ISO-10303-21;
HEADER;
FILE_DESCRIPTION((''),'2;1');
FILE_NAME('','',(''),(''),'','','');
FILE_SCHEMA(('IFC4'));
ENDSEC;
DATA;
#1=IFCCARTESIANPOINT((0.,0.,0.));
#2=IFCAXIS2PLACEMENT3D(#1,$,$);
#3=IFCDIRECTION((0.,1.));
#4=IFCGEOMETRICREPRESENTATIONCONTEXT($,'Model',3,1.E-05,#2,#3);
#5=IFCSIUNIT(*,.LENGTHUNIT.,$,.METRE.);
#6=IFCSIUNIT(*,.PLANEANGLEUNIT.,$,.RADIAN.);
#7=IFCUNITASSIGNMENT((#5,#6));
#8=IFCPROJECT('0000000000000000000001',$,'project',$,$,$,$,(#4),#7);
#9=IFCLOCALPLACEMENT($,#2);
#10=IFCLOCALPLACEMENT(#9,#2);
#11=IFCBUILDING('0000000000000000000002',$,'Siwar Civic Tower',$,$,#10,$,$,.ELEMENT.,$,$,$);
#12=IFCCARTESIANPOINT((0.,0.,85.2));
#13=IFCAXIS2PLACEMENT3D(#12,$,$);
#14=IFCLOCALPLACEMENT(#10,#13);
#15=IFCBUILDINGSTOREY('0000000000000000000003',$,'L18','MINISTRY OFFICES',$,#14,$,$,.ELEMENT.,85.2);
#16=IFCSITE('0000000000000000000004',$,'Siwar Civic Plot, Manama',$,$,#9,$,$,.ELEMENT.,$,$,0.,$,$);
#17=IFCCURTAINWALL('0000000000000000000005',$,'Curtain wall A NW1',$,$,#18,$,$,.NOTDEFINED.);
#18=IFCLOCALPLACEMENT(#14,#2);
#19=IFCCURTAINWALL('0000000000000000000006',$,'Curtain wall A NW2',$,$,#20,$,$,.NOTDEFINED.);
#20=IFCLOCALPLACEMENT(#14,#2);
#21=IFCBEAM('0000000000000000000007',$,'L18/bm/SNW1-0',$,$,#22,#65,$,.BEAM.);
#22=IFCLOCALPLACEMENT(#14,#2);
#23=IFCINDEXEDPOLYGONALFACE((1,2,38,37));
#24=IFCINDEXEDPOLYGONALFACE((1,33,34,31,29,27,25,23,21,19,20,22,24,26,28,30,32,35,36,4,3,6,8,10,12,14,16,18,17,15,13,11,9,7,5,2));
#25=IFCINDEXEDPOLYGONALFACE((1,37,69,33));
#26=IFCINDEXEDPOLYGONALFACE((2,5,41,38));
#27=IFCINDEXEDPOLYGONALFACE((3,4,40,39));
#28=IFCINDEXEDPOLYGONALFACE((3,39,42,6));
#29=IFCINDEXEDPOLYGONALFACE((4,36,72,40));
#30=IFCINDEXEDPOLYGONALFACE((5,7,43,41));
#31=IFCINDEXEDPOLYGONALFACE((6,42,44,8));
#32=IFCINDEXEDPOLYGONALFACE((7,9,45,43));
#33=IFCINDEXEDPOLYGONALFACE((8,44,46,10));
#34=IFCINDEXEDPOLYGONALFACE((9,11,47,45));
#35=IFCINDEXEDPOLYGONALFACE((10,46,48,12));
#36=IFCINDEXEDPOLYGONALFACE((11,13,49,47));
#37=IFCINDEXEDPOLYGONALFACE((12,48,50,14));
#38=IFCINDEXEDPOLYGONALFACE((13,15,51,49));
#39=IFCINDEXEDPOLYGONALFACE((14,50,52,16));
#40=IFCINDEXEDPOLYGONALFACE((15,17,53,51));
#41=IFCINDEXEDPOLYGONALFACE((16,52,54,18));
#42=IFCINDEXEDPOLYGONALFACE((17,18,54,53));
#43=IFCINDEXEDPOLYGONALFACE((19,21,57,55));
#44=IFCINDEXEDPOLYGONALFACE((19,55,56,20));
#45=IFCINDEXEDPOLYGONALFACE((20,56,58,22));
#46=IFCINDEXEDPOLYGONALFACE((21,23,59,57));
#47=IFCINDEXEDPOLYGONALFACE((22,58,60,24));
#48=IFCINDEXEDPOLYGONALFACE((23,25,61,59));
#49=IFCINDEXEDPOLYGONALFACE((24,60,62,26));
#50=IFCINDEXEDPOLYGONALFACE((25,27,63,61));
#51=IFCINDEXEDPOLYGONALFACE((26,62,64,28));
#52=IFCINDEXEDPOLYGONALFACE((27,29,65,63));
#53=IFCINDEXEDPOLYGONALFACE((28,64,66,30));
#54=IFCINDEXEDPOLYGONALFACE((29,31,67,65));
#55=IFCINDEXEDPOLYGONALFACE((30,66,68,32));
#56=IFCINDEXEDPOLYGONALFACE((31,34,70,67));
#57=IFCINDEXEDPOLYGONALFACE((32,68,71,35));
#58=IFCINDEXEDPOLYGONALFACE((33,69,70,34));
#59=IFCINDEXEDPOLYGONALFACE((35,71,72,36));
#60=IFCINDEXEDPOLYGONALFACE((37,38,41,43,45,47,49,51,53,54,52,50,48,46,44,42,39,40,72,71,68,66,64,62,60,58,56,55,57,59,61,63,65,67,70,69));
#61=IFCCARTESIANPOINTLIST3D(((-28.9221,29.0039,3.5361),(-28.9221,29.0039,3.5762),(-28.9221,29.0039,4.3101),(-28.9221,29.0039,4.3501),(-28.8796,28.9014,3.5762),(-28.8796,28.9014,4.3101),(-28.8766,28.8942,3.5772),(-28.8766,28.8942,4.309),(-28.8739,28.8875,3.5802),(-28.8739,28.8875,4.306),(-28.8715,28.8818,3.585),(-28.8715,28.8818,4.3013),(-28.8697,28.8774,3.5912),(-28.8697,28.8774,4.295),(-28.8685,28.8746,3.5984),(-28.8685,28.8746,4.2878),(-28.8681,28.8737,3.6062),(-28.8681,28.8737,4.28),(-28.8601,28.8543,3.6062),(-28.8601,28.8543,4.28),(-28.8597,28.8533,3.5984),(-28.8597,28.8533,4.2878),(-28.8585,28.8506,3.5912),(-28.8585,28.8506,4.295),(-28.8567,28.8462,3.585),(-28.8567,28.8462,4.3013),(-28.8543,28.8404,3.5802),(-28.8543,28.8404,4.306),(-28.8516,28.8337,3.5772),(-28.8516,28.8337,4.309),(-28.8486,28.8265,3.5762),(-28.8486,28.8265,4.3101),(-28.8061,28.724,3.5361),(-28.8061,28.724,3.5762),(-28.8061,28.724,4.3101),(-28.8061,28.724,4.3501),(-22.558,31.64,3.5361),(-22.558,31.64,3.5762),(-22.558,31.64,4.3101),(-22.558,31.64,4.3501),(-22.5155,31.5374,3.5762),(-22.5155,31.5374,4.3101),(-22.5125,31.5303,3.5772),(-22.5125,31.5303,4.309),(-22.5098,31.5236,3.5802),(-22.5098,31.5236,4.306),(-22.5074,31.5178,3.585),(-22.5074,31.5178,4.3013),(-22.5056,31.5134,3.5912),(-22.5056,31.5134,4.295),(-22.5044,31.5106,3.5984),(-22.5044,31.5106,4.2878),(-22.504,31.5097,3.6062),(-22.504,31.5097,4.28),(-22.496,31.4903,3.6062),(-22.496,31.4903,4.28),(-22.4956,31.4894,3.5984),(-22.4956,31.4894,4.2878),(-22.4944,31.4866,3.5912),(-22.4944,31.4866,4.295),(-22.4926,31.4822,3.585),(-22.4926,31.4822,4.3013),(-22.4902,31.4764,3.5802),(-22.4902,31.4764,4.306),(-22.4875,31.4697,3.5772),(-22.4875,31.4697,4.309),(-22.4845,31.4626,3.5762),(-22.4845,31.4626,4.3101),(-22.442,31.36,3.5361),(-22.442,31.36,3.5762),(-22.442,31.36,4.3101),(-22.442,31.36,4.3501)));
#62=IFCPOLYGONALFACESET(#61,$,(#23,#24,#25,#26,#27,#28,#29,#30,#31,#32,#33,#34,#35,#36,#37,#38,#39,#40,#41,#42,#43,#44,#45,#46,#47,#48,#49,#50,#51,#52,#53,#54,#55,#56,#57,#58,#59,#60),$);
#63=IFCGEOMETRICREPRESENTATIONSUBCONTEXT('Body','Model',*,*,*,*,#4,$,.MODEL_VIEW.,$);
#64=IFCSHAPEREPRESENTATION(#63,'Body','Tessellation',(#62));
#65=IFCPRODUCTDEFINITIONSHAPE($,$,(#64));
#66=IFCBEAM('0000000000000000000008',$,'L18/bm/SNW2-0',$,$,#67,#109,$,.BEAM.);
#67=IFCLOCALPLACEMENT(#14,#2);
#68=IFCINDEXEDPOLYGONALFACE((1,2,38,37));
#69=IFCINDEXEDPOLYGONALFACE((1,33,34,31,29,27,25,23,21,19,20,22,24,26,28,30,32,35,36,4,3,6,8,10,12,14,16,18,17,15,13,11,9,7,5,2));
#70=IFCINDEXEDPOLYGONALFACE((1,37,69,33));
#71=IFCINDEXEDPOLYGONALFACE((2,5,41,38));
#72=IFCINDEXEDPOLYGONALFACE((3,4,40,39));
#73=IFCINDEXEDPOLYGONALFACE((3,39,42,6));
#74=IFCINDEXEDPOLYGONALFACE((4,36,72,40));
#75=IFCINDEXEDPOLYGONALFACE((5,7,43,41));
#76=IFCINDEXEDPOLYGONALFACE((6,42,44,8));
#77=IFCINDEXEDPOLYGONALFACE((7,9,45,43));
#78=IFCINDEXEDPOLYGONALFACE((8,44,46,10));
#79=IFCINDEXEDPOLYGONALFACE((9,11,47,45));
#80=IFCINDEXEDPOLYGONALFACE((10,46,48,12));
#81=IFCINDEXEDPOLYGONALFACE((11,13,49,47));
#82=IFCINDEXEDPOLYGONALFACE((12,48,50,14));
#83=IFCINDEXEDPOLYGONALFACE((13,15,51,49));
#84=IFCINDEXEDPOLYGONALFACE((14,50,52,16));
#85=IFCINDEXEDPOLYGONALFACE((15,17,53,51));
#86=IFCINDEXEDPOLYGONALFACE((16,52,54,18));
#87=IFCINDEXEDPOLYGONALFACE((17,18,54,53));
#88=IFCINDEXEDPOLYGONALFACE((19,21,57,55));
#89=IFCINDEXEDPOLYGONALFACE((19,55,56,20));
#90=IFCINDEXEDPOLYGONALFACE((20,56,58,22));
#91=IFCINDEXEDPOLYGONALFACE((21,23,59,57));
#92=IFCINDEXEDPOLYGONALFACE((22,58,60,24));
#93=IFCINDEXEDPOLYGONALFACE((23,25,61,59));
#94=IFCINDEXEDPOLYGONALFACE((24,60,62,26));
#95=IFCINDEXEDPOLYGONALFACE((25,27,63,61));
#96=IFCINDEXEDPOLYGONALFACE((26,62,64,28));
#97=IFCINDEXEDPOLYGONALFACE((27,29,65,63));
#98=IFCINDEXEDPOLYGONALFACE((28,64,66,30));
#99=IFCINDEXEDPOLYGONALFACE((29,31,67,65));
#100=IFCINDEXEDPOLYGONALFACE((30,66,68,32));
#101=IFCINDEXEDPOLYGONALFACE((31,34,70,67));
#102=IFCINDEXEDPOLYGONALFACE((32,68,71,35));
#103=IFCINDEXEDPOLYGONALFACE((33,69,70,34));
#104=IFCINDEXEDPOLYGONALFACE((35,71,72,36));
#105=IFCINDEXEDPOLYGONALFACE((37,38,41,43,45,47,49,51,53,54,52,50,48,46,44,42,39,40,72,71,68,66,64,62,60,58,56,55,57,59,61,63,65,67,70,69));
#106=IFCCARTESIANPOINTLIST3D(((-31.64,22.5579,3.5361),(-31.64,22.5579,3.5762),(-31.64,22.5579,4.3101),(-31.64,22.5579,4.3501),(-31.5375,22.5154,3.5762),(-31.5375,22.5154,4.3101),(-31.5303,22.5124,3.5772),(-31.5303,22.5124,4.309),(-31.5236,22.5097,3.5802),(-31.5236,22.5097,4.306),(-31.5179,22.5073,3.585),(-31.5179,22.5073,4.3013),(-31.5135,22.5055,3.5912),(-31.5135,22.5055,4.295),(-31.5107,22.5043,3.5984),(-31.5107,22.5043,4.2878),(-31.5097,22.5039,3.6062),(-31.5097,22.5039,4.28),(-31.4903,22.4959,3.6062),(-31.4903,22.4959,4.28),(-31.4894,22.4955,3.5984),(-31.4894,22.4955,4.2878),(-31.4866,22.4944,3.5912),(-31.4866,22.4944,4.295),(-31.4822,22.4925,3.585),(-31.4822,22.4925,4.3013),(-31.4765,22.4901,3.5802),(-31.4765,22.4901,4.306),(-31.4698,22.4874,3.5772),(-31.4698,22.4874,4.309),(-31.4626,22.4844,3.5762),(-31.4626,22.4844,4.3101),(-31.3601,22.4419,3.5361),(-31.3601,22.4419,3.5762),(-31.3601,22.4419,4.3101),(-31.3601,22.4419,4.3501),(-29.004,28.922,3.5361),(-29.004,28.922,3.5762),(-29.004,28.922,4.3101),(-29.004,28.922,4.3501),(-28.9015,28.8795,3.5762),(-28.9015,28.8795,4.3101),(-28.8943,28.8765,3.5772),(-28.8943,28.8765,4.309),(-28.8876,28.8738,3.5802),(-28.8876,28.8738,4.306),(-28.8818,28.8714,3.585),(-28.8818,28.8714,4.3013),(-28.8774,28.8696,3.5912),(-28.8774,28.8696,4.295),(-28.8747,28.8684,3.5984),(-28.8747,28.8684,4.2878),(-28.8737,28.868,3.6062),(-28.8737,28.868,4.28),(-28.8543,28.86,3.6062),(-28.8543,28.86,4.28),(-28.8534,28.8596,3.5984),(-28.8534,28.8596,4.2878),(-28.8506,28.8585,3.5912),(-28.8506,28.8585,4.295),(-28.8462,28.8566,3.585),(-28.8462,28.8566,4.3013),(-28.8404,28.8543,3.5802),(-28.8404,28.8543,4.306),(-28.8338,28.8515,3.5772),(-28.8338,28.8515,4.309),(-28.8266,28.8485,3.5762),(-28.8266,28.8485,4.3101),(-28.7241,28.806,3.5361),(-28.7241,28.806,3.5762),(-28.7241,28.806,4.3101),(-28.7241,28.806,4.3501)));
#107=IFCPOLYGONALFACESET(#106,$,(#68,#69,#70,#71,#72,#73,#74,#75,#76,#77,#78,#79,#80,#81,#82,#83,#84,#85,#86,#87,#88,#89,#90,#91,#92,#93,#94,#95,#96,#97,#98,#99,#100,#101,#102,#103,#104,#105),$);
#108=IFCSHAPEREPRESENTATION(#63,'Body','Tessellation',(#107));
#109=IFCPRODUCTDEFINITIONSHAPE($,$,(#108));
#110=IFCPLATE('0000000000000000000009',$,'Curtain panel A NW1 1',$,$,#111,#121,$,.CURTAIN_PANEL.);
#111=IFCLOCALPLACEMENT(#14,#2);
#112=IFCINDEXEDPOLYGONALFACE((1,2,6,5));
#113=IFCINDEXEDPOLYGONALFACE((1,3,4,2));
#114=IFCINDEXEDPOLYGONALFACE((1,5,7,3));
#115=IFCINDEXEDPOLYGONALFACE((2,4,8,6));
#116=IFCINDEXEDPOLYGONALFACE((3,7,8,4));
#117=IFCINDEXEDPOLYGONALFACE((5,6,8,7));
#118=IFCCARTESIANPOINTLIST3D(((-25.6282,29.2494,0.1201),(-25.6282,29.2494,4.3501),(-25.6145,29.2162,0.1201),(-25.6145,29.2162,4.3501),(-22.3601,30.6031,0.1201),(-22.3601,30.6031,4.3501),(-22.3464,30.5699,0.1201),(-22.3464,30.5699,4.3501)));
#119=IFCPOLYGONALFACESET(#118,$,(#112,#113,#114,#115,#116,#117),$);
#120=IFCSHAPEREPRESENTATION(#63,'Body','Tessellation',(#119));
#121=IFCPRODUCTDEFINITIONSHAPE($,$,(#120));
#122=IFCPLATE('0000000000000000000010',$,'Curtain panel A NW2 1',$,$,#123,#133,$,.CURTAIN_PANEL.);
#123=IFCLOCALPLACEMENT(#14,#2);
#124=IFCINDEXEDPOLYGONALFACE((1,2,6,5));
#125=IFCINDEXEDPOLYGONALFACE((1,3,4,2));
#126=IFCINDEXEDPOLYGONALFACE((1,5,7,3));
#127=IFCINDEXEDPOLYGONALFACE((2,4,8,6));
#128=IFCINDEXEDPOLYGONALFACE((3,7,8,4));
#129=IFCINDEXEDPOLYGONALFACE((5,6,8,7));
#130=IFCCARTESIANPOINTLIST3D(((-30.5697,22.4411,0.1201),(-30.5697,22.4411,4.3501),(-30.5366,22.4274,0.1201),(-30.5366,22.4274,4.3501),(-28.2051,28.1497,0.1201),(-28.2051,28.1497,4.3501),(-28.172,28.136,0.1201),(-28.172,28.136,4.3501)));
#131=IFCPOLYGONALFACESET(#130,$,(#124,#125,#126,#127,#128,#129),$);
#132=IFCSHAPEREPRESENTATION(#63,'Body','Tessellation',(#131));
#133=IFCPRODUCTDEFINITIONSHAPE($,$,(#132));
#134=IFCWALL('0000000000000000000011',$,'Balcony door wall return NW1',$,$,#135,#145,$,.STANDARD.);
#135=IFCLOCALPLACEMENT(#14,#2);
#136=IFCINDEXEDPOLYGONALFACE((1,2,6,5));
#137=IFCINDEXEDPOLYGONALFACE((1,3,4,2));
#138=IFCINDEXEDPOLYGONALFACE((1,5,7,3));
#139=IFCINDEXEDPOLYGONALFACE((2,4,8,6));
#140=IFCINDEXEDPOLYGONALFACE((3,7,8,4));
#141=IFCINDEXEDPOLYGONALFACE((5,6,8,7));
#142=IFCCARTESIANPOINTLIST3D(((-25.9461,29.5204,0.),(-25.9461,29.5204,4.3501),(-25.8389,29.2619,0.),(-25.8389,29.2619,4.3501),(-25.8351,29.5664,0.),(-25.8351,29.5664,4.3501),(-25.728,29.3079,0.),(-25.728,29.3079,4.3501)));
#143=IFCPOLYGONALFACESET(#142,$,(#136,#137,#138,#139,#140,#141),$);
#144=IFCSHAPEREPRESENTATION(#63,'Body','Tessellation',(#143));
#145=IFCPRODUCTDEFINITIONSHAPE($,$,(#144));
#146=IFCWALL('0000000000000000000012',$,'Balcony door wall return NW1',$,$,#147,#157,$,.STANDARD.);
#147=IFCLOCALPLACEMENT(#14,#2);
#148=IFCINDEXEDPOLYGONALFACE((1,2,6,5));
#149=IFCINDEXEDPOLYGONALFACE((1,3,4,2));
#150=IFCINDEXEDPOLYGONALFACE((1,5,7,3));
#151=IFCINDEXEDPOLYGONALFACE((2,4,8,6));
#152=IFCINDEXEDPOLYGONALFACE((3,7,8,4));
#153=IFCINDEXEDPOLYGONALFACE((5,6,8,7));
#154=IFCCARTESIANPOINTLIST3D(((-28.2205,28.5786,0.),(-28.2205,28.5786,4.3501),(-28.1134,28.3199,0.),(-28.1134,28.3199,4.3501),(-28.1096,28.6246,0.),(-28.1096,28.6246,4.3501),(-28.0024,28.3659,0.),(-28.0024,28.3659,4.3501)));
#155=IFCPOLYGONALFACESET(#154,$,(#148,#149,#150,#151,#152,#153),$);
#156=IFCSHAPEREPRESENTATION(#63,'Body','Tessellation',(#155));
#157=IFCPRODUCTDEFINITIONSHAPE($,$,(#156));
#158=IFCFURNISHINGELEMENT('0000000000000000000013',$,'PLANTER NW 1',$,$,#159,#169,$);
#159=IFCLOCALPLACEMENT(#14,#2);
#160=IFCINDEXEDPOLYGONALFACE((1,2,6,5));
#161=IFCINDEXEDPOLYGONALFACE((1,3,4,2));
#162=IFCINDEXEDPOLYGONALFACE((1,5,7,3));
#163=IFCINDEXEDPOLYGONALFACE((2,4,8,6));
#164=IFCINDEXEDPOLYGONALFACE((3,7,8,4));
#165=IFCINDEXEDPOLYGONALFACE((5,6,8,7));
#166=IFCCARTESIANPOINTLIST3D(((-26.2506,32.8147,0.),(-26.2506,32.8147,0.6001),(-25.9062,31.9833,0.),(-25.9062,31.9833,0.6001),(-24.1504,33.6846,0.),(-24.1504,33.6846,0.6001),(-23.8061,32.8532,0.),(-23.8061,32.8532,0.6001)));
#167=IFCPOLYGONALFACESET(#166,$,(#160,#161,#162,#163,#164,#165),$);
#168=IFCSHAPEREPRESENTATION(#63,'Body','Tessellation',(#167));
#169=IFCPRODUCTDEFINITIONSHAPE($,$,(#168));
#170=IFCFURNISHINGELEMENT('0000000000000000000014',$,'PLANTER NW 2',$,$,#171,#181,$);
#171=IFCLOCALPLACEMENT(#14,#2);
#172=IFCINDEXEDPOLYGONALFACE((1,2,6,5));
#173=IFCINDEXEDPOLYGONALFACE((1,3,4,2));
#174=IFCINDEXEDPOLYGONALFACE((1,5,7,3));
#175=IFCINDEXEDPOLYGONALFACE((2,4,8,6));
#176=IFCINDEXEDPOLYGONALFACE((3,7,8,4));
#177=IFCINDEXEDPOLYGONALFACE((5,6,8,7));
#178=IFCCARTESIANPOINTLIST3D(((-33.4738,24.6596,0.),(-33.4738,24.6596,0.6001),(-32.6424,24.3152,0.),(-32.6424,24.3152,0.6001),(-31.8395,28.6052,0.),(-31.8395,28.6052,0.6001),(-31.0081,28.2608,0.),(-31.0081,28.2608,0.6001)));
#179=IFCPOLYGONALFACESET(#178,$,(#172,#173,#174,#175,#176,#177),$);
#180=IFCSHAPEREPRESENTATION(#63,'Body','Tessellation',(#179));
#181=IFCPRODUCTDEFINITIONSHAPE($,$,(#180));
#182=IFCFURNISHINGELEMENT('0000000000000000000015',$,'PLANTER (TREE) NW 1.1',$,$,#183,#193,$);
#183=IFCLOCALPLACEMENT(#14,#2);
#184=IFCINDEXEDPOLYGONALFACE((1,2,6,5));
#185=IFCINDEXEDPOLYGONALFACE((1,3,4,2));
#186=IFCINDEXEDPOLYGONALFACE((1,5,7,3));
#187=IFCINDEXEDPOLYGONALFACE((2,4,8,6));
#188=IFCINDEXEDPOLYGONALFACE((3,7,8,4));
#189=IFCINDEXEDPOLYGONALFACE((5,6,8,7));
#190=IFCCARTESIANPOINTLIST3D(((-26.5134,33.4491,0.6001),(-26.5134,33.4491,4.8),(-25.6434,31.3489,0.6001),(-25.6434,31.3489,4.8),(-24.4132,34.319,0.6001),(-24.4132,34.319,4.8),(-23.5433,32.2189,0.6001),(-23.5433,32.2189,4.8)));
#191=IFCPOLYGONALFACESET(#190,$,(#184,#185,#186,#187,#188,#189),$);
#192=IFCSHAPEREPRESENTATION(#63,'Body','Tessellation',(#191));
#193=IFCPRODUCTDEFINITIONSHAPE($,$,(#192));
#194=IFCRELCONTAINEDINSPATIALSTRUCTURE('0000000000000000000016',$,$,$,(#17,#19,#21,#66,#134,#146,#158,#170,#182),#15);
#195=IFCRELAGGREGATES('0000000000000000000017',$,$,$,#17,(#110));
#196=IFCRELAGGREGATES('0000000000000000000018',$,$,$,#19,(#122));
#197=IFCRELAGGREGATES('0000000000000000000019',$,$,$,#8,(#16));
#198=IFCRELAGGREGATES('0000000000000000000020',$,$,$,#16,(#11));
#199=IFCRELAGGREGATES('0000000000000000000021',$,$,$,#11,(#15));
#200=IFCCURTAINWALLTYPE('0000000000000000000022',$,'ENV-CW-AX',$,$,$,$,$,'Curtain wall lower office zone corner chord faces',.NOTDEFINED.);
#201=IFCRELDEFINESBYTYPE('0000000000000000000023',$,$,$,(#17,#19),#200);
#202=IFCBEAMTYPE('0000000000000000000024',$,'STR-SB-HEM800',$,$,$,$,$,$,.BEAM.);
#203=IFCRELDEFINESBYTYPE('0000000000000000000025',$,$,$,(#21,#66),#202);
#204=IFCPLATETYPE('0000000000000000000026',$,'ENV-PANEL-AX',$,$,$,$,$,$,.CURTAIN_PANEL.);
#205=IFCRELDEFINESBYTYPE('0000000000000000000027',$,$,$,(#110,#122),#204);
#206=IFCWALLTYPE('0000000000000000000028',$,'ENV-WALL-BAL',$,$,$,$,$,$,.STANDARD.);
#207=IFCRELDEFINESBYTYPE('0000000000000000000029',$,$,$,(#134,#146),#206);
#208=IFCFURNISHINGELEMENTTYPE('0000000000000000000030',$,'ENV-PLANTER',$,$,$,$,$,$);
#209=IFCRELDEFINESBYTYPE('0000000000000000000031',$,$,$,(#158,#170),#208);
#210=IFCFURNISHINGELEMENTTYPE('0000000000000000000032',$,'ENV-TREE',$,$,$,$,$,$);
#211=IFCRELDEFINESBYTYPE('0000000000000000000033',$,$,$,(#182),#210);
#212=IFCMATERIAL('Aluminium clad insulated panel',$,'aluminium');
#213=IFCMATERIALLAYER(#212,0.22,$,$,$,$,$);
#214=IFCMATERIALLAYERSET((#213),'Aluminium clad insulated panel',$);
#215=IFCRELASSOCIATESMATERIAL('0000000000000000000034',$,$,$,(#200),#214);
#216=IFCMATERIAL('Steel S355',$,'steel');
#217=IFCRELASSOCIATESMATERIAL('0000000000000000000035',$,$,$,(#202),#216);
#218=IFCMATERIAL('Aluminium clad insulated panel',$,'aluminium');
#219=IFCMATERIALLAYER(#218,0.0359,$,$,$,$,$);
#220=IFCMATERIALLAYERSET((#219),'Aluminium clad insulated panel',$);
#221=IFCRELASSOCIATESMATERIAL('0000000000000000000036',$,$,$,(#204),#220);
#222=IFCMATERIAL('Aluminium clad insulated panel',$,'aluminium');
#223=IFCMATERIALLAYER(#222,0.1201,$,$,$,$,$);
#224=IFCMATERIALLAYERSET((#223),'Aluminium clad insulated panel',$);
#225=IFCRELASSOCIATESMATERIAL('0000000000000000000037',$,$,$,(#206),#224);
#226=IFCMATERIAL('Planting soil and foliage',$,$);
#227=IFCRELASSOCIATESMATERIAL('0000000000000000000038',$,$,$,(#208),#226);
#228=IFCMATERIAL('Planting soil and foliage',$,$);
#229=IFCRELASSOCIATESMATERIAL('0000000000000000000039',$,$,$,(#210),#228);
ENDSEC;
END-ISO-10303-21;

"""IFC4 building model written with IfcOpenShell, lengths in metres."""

from ifc_helpers import new_model, si_unit, direction, frame, frame_2d, origin, origin_2d, place, context, subcontext, project, spatial, rectangle, i_section, extrude, material, layer, layer_set, material_profile, profile_set, type_object, element, aggregate, save


model = new_model("IFC4")

# Units and contexts
model_context = context("Model", 3, precision=1e-05, world=origin(), true_north=direction((0.0, 1.0)))
body_context = subcontext(model_context, "Body", "Model", "MODEL_VIEW")
ifc_project = project(units=[si_unit("LENGTHUNIT", "METRE"), si_unit("PLANEANGLEUNIT", "RADIAN")], contexts=[model_context])

# Site, building, storey
site_placement = place(None, origin())
site = spatial("IfcSite", under=ifc_project, at=site_placement, Name="Siwar Civic Plot, Manama", CompositionType="ELEMENT", RefElevation=0.0)
building_placement = place(site_placement, origin())
building = spatial("IfcBuilding", under=site, at=building_placement, Name="Siwar Civic Tower", CompositionType="ELEMENT")
storey_placement = place(building_placement, frame((0.0, 0.0, 85.2)))
storey = spatial("IfcBuildingStorey", under=building, at=storey_placement, Name="L18", Description="MINISTRY OFFICES", CompositionType="ELEMENT", Elevation=85.2)

# Curtain wall
ifc_material_1 = material(Name="Aluminium clad insulated panel", Category="aluminium")
ifc_layer_1 = layer(ifc_material_1, 0.22)
ifc_layer_set_1 = layer_set([ifc_layer_1], Name="Aluminium clad insulated panel")
curtain_wall_type = type_object("IfcCurtainWallType", Name="ENV-CW-AX", ElementType="Curtain wall lower office zone corner chord faces", PredefinedType="NOTDEFINED", material=ifc_layer_set_1)
curtain_wall_1_placement = place(storey_placement, origin())
curtain_wall_1 = element("IfcCurtainWall", 1, at=curtain_wall_1_placement, inside=storey, type_object=curtain_wall_type, Name="Curtain wall A NW1", PredefinedType="NOTDEFINED")

# Curtain wall
curtain_wall_2_placement = place(storey_placement, origin())
curtain_wall_2 = element("IfcCurtainWall", 2, at=curtain_wall_2_placement, inside=storey, type_object=curtain_wall_type, Name="Curtain wall A NW2", PredefinedType="NOTDEFINED")

# Beams
ifc_material_2 = material(Name="Steel S355", Category="steel")
ifc_material_profile_1 = material_profile(ifc_material_2, i_section(OverallWidth=0.303, OverallDepth=0.814, WebThickness=0.021, FlangeThickness=0.04, FilletRadius=0.03, at=origin_2d()), Name="HEM800")
ifc_profile_set_1 = profile_set([ifc_material_profile_1], Name="Steel S355")
beam_type_1 = type_object("IfcBeamType", Name="STR-SB-HEM800", PredefinedType="BEAM", material=ifc_profile_set_1)
for number, where, z_axis, x_axis, name in (
    (3, (-22.5, 31.5, 3.9431), (-0.923883, -0.382674, 0.0), (0.382674, -0.923883, 0.0), "L18/bm/SNW1-0"),
    (4, (-28.864, 28.864, 3.9431), (-0.382674, -0.923883, 0.0), (0.923883, -0.382674, 0.0), "L18/bm/SNW2-0"),
):
    element("IfcBeam", number, at=place(storey_placement, frame(where, z_axis=z_axis, x_axis=x_axis)), inside=storey, type_object=beam_type_1, Name=name, PredefinedType="BEAM", context=body_context, shape_type="SweptSolid", body=[
        extrude(i_section(OverallWidth=0.303, OverallDepth=0.814, WebThickness=0.021, FlangeThickness=0.04, FilletRadius=0.03, at=origin_2d()), origin(), (0.0, 0.0, 1.0), 6.8884),
    ])

# Plates
ifc_material_3 = material(Name="Aluminium clad insulated panel", Category="aluminium")
ifc_layer_2 = layer(ifc_material_3, 0.0359)
ifc_layer_set_2 = layer_set([ifc_layer_2], Name="Aluminium clad insulated panel")
plate_type = type_object("IfcPlateType", Name="ENV-PANEL-AX", PredefinedType="CURTAIN_PANEL", material=ifc_layer_set_2)
plate_1_placement = place(storey_placement, frame((-23.9873, 29.9097, 0.1201), z_axis=(0.0, 0.0, 1.0), x_axis=(-0.92388, -0.382683, 0.0)))
plate_1 = element("IfcPlate", 5, at=plate_1_placement, type_object=plate_type, Name="Curtain panel A NW1 1", PredefinedType="CURTAIN_PANEL", context=body_context, shape_type="SweptSolid", body=[
    extrude(rectangle(XDim=3.5374, YDim=0.0359, at=origin_2d()), origin(), (0.0, 0.0, 1.0), 4.23),
])
aggregate(curtain_wall_1, [plate_1])
plate_2_placement = place(storey_placement, frame((-29.3708, 25.2886, 0.1201), z_axis=(0.0, 0.0, 1.0), x_axis=(-0.382683, -0.92388, 0.0)))
plate_2 = element("IfcPlate", 6, at=plate_2_placement, type_object=plate_type, Name="Curtain panel A NW2 1", PredefinedType="CURTAIN_PANEL", context=body_context, shape_type="SweptSolid", body=[
    extrude(rectangle(XDim=6.179, YDim=0.0359, at=origin_2d()), origin(), (0.0, 0.0, 1.0), 4.23),
])
aggregate(curtain_wall_2, [plate_2])

# Walls
ifc_material_4 = material(Name="Aluminium clad insulated panel", Category="aluminium")
ifc_layer_3 = layer(ifc_material_4, 0.1201)
ifc_layer_set_3 = layer_set([ifc_layer_3], Name="Aluminium clad insulated panel")
wall_type = type_object("IfcWallType", Name="ENV-WALL-BAL", PredefinedType="STANDARD", material=ifc_layer_set_3)
wall_1_placement = place(storey_placement, frame((-25.7834, 29.2849, 0.0), z_axis=(0.0, 0.0, 1.0), x_axis=(-0.382942, 0.923772, 0.0)))
element("IfcWall", 7, at=wall_1_placement, inside=storey, type_object=wall_type, Name="Balcony door wall return NW1", PredefinedType="STANDARD", context=body_context, shape_type="SweptSolid", body=[
    extrude(rectangle(XDim=0.2798, YDim=0.1201, at=frame_2d((0.1399, 0.0))), origin(), (0.0, 0.0, 1.0), 4.3501),
])
wall_2_placement = place(storey_placement, frame((-28.0579, 28.3428, 0.0), z_axis=(0.0, 0.0, 1.0), x_axis=(-0.382634, 0.9239, 0.0)))
element("IfcWall", 8, at=wall_2_placement, inside=storey, type_object=wall_type, Name="Balcony door wall return NW1", PredefinedType="STANDARD", context=body_context, shape_type="SweptSolid", body=[
    extrude(rectangle(XDim=0.28, YDim=0.1201, at=frame_2d((0.1401, 0.0))), origin(), (0.0, 0.0, 1.0), 4.3501),
])

# Furnishing elements
ifc_material_5 = material(Name="Planting soil and foliage")
furnishing_element_type_1 = type_object("IfcFurnishingElementType", Name="ENV-PLANTER", material=ifc_material_5)
furnishing_1_placement = place(storey_placement, frame((-25.0283, 32.834, 0.0), z_axis=(0.0, 0.0, 1.0), x_axis=(-0.92388, -0.382683, 0.0)))
element("IfcFurnishingElement", 9, at=furnishing_1_placement, inside=storey, type_object=furnishing_element_type_1, Name="PLANTER NW 1", context=body_context, shape_type="SweptSolid", body=[
    extrude(rectangle(XDim=2.2732, YDim=0.8999, at=origin_2d()), origin(), (0.0, 0.0, 1.0), 0.6001),
])
furnishing_2_placement = place(storey_placement, frame((-32.241, 26.4602, 0.0), z_axis=(0.0, 0.0, 1.0), x_axis=(-0.382683, -0.92388, 0.0)))
element("IfcFurnishingElement", 10, at=furnishing_2_placement, inside=storey, type_object=furnishing_element_type_1, Name="PLANTER NW 2", context=body_context, shape_type="SweptSolid", body=[
    extrude(rectangle(XDim=4.2708, YDim=0.8999, at=origin_2d()), origin(), (0.0, 0.0, 1.0), 0.6001),
])
ifc_material_6 = material(Name="Planting soil and foliage")
furnishing_element_type_2 = type_object("IfcFurnishingElementType", Name="ENV-TREE", material=ifc_material_6)
furnishing_3_placement = place(storey_placement, frame((-25.0283, 32.834, 0.6001), z_axis=(0.0, 0.0, 1.0), x_axis=(-0.92388, -0.382683, 0.0)))
element("IfcFurnishingElement", 11, at=furnishing_3_placement, inside=storey, type_object=furnishing_element_type_2, Name="PLANTER (TREE) NW 1.1", context=body_context, shape_type="SweptSolid", body=[
    extrude(rectangle(XDim=2.2732, YDim=2.2732, at=origin_2d()), origin(), (0.0, 0.0, 1.0), 4.2),
])

save(model, "model.ifc")
